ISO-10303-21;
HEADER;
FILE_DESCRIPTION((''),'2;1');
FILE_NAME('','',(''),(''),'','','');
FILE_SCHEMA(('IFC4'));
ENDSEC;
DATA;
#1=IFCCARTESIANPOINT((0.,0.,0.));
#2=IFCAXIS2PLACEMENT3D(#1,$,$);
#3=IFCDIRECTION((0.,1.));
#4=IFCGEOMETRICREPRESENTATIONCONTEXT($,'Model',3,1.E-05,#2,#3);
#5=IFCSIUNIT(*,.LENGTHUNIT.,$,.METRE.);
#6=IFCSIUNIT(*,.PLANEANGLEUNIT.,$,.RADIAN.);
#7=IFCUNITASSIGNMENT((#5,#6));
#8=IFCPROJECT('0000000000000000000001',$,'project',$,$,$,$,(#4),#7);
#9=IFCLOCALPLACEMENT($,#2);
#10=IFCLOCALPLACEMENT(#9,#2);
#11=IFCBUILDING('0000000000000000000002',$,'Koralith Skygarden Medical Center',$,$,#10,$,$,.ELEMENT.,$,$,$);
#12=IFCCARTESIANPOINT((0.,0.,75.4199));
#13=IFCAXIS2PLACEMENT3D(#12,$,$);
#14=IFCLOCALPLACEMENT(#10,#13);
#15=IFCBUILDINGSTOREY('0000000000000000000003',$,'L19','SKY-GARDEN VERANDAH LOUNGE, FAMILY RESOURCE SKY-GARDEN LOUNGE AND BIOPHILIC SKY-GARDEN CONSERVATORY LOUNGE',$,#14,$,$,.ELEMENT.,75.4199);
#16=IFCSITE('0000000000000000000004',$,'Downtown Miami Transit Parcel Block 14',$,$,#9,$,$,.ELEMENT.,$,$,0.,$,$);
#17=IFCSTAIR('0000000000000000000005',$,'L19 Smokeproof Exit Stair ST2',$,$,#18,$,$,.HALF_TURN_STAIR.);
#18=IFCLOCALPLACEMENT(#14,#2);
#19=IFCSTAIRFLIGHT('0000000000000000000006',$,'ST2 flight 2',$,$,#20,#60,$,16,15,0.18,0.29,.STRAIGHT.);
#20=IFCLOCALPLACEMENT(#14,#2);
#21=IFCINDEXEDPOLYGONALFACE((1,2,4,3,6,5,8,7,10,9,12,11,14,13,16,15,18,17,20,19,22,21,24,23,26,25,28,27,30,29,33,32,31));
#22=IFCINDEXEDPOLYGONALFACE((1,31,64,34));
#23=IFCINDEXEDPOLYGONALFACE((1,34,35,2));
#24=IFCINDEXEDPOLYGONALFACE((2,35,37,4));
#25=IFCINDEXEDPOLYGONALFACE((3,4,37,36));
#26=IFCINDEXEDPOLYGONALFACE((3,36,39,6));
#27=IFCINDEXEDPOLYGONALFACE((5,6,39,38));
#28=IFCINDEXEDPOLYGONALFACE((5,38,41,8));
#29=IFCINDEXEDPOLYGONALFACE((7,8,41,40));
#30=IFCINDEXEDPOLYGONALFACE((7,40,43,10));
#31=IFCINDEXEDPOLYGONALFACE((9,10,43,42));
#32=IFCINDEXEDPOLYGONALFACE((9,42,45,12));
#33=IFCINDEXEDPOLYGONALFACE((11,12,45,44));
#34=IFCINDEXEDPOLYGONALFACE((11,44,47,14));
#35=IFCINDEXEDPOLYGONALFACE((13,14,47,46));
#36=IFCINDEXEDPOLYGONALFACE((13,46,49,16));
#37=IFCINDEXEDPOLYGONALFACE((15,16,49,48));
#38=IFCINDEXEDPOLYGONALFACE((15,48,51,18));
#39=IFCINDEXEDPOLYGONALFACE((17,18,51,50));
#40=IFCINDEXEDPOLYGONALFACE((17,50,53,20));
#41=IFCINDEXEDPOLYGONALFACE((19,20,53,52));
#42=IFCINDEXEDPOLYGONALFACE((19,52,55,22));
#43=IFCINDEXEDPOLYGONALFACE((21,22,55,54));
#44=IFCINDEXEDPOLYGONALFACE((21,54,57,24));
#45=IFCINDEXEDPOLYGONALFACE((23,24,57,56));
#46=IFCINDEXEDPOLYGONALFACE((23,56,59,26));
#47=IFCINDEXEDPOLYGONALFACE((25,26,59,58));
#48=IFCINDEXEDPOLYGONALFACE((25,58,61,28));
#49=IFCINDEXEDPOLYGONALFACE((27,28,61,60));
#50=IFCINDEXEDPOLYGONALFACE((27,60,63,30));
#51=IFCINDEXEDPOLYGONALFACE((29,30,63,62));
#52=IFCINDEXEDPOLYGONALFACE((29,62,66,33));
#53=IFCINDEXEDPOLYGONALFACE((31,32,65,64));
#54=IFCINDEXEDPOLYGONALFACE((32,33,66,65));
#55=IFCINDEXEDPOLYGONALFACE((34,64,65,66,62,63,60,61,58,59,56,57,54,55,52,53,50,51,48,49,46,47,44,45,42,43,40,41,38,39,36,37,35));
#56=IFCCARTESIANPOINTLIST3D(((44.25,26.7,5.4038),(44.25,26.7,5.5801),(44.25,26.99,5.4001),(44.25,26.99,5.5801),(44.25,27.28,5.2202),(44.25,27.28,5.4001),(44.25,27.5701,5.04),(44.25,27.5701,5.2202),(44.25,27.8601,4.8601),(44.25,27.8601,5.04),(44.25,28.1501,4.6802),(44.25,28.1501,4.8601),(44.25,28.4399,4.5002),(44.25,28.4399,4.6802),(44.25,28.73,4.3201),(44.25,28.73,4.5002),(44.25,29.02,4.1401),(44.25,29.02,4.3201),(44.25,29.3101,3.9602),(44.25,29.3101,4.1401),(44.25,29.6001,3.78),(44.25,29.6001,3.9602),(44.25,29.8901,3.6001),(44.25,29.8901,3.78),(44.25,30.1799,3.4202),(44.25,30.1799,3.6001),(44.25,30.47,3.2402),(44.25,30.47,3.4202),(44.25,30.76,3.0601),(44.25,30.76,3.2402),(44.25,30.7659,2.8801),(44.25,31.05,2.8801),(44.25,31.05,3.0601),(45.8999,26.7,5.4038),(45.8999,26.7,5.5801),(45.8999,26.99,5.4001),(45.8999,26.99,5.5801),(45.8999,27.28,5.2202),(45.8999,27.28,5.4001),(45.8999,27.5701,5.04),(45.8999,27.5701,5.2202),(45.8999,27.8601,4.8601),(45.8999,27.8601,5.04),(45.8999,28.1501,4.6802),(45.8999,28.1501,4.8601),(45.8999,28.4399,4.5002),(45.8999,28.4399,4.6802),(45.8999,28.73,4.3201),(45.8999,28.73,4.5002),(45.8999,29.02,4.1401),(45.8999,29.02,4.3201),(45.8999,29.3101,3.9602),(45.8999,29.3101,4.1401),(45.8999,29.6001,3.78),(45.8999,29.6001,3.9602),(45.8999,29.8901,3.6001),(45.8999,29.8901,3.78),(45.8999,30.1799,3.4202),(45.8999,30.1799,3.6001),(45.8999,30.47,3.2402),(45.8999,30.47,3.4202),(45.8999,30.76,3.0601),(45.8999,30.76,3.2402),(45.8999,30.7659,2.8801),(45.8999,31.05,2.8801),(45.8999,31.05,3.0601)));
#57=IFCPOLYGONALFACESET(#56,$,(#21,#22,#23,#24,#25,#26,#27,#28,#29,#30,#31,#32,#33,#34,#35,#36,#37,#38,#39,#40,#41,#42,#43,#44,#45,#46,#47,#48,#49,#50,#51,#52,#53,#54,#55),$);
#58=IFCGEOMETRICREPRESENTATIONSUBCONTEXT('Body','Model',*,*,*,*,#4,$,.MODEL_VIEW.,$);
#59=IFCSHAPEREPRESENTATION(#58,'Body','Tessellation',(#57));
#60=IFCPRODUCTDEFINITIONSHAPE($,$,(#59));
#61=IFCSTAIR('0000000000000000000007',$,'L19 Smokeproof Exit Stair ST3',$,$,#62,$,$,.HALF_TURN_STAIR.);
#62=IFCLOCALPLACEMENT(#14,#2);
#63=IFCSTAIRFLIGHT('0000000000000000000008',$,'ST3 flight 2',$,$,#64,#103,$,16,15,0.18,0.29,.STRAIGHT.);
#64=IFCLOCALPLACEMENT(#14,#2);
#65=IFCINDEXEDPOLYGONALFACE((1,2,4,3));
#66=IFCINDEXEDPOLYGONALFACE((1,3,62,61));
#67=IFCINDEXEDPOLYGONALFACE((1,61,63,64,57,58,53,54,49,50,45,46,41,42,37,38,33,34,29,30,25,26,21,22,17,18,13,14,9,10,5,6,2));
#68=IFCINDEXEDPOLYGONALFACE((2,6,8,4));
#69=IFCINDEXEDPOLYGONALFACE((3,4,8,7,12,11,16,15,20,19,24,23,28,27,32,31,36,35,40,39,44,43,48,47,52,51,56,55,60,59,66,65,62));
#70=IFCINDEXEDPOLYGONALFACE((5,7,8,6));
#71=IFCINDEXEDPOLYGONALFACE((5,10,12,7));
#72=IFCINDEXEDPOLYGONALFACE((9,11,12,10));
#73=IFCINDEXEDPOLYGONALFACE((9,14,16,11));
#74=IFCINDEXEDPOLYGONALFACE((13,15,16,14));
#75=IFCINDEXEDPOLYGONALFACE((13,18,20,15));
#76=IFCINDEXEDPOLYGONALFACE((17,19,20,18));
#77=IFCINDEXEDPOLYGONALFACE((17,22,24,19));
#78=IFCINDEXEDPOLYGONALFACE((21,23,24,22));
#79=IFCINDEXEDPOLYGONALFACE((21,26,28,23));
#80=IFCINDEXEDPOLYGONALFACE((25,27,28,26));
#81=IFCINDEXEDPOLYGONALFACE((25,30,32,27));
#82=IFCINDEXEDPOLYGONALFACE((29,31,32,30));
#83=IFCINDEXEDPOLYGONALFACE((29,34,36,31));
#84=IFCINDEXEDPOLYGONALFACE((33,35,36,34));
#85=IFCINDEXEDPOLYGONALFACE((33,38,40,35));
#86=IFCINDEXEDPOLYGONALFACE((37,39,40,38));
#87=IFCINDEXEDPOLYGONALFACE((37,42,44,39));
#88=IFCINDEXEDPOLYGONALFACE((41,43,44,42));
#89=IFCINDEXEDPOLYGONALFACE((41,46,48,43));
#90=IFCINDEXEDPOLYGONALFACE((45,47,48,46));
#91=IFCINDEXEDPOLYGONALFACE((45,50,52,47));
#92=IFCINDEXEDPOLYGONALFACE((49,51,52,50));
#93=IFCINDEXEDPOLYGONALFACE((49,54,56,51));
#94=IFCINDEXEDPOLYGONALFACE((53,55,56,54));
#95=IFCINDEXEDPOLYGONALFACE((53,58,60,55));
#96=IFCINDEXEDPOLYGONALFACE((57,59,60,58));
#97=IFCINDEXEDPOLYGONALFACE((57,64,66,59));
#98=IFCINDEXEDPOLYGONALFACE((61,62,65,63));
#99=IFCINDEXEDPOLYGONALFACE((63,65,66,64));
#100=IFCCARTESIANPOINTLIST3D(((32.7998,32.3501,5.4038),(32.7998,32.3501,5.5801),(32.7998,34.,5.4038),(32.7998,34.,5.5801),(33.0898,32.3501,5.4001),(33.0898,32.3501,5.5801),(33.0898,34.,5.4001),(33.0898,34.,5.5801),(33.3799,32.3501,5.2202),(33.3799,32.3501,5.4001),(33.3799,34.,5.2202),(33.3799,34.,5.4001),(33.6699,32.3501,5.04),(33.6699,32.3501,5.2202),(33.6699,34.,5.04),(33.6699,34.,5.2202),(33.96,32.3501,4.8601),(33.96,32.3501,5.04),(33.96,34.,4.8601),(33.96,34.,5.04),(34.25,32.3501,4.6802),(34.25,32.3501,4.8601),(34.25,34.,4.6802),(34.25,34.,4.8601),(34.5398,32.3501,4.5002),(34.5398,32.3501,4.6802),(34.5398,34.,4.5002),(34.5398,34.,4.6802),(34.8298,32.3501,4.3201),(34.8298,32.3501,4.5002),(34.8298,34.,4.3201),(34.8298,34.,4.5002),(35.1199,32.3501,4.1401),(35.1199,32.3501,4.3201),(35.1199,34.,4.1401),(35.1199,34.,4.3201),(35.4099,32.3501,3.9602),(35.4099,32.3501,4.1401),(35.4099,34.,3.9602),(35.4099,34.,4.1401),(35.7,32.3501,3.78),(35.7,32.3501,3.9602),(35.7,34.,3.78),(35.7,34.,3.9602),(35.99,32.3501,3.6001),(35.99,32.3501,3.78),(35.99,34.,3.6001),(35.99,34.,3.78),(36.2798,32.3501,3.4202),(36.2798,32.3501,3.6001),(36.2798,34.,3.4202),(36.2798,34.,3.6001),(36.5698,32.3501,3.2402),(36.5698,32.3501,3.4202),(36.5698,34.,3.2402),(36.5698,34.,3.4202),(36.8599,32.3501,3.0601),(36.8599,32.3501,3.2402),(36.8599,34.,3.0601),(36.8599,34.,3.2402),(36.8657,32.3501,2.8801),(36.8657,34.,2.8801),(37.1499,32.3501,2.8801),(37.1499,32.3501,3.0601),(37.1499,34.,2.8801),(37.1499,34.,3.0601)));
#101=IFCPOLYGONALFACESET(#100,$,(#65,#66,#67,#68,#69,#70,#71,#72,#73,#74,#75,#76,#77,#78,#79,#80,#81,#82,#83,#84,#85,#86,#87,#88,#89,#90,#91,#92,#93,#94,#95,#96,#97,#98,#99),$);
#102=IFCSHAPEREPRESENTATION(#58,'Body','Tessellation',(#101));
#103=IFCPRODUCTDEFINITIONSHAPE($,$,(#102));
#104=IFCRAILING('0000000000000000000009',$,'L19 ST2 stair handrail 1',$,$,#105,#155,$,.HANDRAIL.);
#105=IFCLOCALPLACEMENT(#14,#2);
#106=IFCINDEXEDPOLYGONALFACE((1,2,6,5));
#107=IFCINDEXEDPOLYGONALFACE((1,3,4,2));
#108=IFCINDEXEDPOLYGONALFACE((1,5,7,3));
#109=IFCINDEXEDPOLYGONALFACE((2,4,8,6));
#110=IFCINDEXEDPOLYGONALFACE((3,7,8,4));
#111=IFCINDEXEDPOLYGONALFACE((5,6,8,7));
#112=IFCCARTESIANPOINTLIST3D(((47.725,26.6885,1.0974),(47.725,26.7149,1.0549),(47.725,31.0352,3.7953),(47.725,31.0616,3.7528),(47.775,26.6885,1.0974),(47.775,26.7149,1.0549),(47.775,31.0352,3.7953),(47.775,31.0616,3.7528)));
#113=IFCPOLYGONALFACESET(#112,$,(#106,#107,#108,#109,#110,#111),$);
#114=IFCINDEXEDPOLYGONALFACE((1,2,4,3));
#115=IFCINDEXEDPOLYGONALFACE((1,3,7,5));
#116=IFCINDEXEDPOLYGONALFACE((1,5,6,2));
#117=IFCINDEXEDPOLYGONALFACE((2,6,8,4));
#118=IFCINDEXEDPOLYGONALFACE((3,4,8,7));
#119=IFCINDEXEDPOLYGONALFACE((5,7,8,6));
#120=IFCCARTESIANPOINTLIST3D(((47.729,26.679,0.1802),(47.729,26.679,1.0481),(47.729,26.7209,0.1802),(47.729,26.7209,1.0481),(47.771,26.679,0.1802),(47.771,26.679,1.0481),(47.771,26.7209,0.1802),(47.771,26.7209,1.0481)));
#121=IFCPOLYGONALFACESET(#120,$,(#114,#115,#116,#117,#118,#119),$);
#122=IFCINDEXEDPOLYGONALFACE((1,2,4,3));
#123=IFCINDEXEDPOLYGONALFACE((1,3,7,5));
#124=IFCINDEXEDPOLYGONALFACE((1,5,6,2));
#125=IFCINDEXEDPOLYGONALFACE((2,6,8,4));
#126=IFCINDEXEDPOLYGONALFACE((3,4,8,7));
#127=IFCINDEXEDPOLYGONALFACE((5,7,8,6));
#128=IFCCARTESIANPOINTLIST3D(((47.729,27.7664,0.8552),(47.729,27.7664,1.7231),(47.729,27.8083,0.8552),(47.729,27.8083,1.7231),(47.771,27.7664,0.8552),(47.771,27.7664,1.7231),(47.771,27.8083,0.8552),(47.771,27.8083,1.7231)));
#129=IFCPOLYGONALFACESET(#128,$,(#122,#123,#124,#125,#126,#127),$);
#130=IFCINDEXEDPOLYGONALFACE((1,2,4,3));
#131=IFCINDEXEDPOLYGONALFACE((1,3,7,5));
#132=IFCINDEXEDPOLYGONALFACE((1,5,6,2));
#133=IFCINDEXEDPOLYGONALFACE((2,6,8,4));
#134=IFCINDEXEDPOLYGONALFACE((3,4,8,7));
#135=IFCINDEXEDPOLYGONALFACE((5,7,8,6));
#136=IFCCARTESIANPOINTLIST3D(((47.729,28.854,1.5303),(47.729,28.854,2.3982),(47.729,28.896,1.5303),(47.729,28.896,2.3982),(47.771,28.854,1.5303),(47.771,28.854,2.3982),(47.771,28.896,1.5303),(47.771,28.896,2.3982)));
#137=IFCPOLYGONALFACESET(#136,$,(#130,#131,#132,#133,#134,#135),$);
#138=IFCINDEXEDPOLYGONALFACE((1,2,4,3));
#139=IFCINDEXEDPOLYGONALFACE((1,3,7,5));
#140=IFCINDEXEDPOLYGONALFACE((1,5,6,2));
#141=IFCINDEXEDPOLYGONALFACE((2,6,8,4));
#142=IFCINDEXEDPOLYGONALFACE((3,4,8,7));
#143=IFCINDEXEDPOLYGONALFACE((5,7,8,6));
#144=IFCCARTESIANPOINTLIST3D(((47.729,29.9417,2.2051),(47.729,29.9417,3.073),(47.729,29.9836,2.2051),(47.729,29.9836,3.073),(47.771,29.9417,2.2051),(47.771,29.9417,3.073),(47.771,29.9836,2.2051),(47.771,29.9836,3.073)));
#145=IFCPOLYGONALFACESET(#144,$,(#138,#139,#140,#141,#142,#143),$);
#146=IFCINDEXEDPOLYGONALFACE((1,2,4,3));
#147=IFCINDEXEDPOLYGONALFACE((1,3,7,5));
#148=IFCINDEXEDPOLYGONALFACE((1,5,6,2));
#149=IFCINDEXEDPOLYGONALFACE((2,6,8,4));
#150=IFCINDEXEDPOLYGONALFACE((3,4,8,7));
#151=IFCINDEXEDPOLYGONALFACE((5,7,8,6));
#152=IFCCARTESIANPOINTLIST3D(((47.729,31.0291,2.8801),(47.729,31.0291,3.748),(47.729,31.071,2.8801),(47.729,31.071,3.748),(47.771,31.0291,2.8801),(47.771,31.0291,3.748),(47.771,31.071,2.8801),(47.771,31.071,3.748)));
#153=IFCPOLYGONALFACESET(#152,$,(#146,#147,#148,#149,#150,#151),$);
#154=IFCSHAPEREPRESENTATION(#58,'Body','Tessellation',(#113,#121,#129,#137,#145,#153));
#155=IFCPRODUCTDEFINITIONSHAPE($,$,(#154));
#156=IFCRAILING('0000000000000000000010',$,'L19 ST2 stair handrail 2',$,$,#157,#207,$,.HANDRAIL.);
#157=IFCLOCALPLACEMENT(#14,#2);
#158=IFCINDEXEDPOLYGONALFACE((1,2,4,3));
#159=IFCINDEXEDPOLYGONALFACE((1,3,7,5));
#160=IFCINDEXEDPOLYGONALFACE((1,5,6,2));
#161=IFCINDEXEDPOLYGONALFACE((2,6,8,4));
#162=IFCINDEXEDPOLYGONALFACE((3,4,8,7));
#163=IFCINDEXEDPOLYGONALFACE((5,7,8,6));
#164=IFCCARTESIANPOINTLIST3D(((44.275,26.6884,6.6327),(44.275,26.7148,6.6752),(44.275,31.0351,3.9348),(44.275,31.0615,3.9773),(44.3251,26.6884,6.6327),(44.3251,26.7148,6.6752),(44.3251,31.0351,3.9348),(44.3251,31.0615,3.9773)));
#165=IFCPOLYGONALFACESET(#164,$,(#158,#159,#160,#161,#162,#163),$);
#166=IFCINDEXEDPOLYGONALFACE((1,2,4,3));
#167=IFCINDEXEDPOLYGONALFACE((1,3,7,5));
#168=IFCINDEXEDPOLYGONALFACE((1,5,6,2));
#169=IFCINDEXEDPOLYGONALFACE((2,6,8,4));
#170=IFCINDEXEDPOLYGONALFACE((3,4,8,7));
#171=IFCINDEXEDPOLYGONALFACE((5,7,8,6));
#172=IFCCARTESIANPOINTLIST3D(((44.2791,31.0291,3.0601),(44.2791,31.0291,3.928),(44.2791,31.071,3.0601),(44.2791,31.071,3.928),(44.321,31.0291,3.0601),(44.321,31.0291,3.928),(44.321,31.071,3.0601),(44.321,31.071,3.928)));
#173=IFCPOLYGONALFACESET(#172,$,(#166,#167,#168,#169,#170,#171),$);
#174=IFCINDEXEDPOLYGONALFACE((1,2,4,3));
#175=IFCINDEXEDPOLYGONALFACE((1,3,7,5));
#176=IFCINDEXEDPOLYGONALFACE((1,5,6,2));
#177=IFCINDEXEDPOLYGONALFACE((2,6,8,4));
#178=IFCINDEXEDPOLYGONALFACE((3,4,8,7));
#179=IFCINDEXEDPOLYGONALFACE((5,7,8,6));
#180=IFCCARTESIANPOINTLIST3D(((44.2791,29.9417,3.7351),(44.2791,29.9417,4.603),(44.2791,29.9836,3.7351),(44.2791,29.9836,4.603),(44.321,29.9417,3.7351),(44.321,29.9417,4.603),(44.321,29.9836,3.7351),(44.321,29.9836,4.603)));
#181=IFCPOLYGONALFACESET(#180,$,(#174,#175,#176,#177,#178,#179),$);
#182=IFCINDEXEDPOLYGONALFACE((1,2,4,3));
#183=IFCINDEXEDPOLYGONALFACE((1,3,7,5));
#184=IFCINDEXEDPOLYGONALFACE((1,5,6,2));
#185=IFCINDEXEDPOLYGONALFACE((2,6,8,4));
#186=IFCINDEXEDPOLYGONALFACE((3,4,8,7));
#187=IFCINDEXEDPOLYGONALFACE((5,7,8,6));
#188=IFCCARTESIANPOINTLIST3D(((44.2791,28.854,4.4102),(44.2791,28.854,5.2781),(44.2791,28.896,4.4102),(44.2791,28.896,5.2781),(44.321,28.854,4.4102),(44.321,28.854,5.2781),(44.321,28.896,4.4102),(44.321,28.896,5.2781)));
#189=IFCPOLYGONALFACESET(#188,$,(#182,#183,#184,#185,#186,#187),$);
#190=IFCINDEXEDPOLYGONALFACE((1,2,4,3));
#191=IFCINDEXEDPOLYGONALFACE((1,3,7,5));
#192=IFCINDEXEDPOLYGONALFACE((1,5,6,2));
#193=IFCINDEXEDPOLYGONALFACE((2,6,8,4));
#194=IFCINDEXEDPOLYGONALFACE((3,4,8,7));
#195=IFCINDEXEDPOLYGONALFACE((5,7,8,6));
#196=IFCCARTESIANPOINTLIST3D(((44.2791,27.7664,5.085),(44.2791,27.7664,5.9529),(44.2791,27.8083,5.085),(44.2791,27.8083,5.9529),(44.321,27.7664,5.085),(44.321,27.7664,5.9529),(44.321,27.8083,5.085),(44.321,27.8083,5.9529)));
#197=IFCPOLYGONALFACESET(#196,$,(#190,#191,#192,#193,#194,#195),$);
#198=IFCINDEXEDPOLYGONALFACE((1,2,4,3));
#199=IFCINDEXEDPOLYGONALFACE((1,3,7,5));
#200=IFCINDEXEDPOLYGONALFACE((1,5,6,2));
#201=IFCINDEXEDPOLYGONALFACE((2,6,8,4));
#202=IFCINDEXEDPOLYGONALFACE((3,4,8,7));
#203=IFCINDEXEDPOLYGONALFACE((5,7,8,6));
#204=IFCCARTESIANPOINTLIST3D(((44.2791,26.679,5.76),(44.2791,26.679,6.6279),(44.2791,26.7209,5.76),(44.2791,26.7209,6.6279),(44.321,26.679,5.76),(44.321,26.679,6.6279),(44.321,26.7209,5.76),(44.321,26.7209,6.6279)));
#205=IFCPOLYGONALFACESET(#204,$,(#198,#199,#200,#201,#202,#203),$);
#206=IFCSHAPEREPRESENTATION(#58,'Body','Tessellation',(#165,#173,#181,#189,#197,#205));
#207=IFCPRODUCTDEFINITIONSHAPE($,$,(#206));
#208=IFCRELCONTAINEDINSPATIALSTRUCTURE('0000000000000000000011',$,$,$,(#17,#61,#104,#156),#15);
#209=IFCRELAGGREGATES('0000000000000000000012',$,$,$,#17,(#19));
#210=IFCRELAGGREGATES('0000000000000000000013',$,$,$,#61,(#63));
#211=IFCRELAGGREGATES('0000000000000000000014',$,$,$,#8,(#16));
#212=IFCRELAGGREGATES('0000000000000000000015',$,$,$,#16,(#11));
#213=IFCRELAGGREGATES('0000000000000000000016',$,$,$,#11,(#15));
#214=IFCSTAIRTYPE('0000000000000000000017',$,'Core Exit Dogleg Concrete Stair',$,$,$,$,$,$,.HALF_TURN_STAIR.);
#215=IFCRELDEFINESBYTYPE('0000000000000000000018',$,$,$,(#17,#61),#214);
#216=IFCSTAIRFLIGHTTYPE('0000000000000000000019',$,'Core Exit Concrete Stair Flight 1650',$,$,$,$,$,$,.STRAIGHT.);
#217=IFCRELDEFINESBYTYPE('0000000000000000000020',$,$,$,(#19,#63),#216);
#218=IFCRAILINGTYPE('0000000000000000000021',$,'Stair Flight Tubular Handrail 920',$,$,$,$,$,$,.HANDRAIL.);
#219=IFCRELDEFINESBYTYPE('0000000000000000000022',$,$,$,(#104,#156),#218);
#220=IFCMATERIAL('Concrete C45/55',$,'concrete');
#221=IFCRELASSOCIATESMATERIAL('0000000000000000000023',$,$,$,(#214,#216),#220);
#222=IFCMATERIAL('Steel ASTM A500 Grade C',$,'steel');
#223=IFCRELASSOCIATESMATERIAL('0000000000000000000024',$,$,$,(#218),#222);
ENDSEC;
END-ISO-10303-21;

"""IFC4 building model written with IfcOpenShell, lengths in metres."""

from ifc_helpers import new_model, si_unit, direction, frame, origin, origin_2d, place, context, subcontext, project, spatial, polyline, rectangle, outline, extrude, material, type_object, element, aggregate, save


model = new_model("IFC4")

# Units and contexts
model_context = context("Model", 3, precision=1e-05, world=origin(), true_north=direction((0.0, 1.0)))
body_context = subcontext(model_context, "Body", "Model", "MODEL_VIEW")
ifc_project = project(units=[si_unit("LENGTHUNIT", "METRE"), si_unit("PLANEANGLEUNIT", "RADIAN")], contexts=[model_context])

# Site, building, storey
site_placement = place(None, origin())
site = spatial("IfcSite", under=ifc_project, at=site_placement, Name="Downtown Miami Transit Parcel Block 14", CompositionType="ELEMENT", RefElevation=0.0)
building_placement = place(site_placement, origin())
building = spatial("IfcBuilding", under=site, at=building_placement, Name="Koralith Skygarden Medical Center", CompositionType="ELEMENT")
storey_placement = place(building_placement, frame((0.0, 0.0, 75.4199)))
storey = spatial("IfcBuildingStorey", under=building, at=storey_placement, Name="L19", Description="SKY-GARDEN VERANDAH LOUNGE, FAMILY RESOURCE SKY-GARDEN LOUNGE AND BIOPHILIC SKY-GARDEN CONSERVATORY LOUNGE", CompositionType="ELEMENT", Elevation=75.4199)

# Shared definitions
ifc_material_1 = material(Name="Concrete C45/55", Category="concrete")

# Stair, stair flight
stair_type = type_object("IfcStairType", Name="Core Exit Dogleg Concrete Stair", PredefinedType="HALF_TURN_STAIR", material=ifc_material_1)
stair_1_placement = place(storey_placement, origin())
stair_1 = element("IfcStair", 1, at=stair_1_placement, inside=storey, type_object=stair_type, Name="L19 Smokeproof Exit Stair ST2", PredefinedType="HALF_TURN_STAIR")
stair_flight_type = type_object("IfcStairFlightType", Name="Core Exit Concrete Stair Flight 1650", PredefinedType="STRAIGHT", material=ifc_material_1)
stair_flight_1_placement = place(storey_placement, frame((45.075, 31.05, 2.8801), z_axis=(0.0, 0.0, 1.0), x_axis=(0.0, -1.0, 0.0)))
stair_flight_1 = element("IfcStairFlight", 2, at=stair_flight_1_placement, type_object=stair_flight_type, Name="ST2 flight 2", NumberOfRisers=16, NumberOfTreads=15, PredefinedType="STRAIGHT", RiserHeight=0.18, TreadLength=0.29, context=body_context, shape_type="SweptSolid", body=[
    extrude(outline(polyline([(0.0, 0.0), (0.0, 0.1799), (0.29, 0.1799), (0.29, 0.3601), (0.5801, 0.3601), (0.5801, 0.54), (0.8701, 0.54), (0.8701, 0.72), (1.1599, 0.72), (1.1599, 0.8999), (1.45, 0.8999), (1.45, 1.0801), (1.74, 1.0801), (1.74, 1.26), (2.03, 1.26), (2.03, 1.4399), (2.3201, 1.4399), (2.3201, 1.6201), (2.6101, 1.6201), (2.6101, 1.8), (2.8999, 1.8), (2.8999, 1.98), (3.1899, 1.98), (3.1899, 2.1599), (3.48, 2.1599), (3.48, 2.3401), (3.77, 2.3401), (3.77, 2.52), (4.0601, 2.52), (4.0601, 2.7), (4.3501, 2.7), (4.3501, 2.8799), (4.3501, 2.5237), (0.2842, 0.0), (0.0, 0.0)])), frame((0.0, 0.825, 0.0), z_axis=(0.0, -1.0, 0.0), x_axis=(1.0, 0.0, 0.0)), (0.0, 0.0, 1.0), 1.6499),
])
aggregate(stair_1, [stair_flight_1])

# Stair, stair flight
stair_2_placement = place(storey_placement, origin())
stair_2 = element("IfcStair", 3, at=stair_2_placement, inside=storey, type_object=stair_type, Name="L19 Smokeproof Exit Stair ST3", PredefinedType="HALF_TURN_STAIR")
stair_flight_2_placement = place(storey_placement, frame((37.1499, 33.175, 2.8801), z_axis=(0.0, 0.0, 1.0), x_axis=(-1.0, 0.0, 0.0)))
stair_flight_2 = element("IfcStairFlight", 4, at=stair_flight_2_placement, type_object=stair_flight_type, Name="ST3 flight 2", NumberOfRisers=16, NumberOfTreads=15, PredefinedType="STRAIGHT", RiserHeight=0.18, TreadLength=0.29, context=body_context, shape_type="SweptSolid", body=[
    extrude(outline(polyline([(0.0, 0.0), (0.0, 0.1799), (0.29, 0.1799), (0.29, 0.3601), (0.5801, 0.3601), (0.5801, 0.54), (0.8701, 0.54), (0.8701, 0.72), (1.1599, 0.72), (1.1599, 0.8999), (1.45, 0.8999), (1.45, 1.0801), (1.74, 1.0801), (1.74, 1.26), (2.03, 1.26), (2.03, 1.4399), (2.3201, 1.4399), (2.3201, 1.6201), (2.6101, 1.6201), (2.6101, 1.8), (2.8999, 1.8), (2.8999, 1.98), (3.1899, 1.98), (3.1899, 2.1599), (3.48, 2.1599), (3.48, 2.3401), (3.77, 2.3401), (3.77, 2.52), (4.0601, 2.52), (4.0601, 2.7), (4.3501, 2.7), (4.3501, 2.8799), (4.3501, 2.5237), (0.2842, 0.0), (0.0, 0.0)])), frame((0.0, 0.825, 0.0), z_axis=(0.0, -1.0, 0.0), x_axis=(1.0, 0.0, 0.0)), (0.0, 0.0, 1.0), 1.6499),
])
aggregate(stair_2, [stair_flight_2])

# Railings
ifc_material_2 = material(Name="Steel ASTM A500 Grade C", Category="steel")
railing_type_1 = type_object("IfcRailingType", Name="Stair Flight Tubular Handrail 920", PredefinedType="HANDRAIL", material=ifc_material_2)
railing_1_placement = place(storey_placement, frame((47.75, 26.7, 0.1802)))
element("IfcRailing", 5, at=railing_1_placement, inside=storey, type_object=railing_type_1, Name="L19 ST2 stair handrail 1", PredefinedType="HANDRAIL", context=body_context, shape_type="SweptSolid", body=[
    extrude(rectangle(XDim=0.05, YDim=0.05, at=origin_2d()), frame((0.0, 0.0017, 0.896), z_axis=(0.0, 0.84965, 0.527347), x_axis=(-1.0, 0.0, 0.0)), (0.0, 0.0, 1.0), 5.116),
    extrude(rectangle(XDim=0.042, YDim=0.042, at=origin_2d()), origin(), (0.0, 0.0, 1.0), 0.8679),
    extrude(rectangle(XDim=0.042, YDim=0.042, at=origin_2d()), frame((0.0, 1.0874, 0.675)), (0.0, 0.0, 1.0), 0.8679),
    extrude(rectangle(XDim=0.042, YDim=0.042, at=origin_2d()), frame((0.0, 2.175, 1.3501)), (0.0, 0.0, 1.0), 0.8679),
    extrude(rectangle(XDim=0.042, YDim=0.042, at=origin_2d()), frame((0.0, 3.2627, 2.0249)), (0.0, 0.0, 1.0), 0.8679),
    extrude(rectangle(XDim=0.042, YDim=0.042, at=origin_2d()), frame((0.0, 4.3501, 2.7)), (0.0, 0.0, 1.0), 0.8679),
])
railing_2_placement = place(storey_placement, frame((44.3, 31.05, 3.0601)))
element("IfcRailing", 6, at=railing_2_placement, inside=storey, type_object=railing_type_1, Name="L19 ST2 stair handrail 2", PredefinedType="HANDRAIL", context=body_context, shape_type="SweptSolid", body=[
    extrude(rectangle(XDim=0.05, YDim=0.05, at=origin_2d()), frame((0.0, -0.0017, 0.896), z_axis=(0.0, -0.84965, 0.527347), x_axis=(1.0, 0.0, 0.0)), (0.0, 0.0, 1.0), 5.116),
    extrude(rectangle(XDim=0.042, YDim=0.042, at=origin_2d()), origin(), (0.0, 0.0, 1.0), 0.8679),
    extrude(rectangle(XDim=0.042, YDim=0.042, at=origin_2d()), frame((0.0, -1.0874, 0.675)), (0.0, 0.0, 1.0), 0.8679),
    extrude(rectangle(XDim=0.042, YDim=0.042, at=origin_2d()), frame((0.0, -2.175, 1.3501)), (0.0, 0.0, 1.0), 0.8679),
    extrude(rectangle(XDim=0.042, YDim=0.042, at=origin_2d()), frame((0.0, -3.2627, 2.0249)), (0.0, 0.0, 1.0), 0.8679),
    extrude(rectangle(XDim=0.042, YDim=0.042, at=origin_2d()), frame((0.0, -4.3501, 2.7)), (0.0, 0.0, 1.0), 0.8679),
])

save(model, "model.ifc")
